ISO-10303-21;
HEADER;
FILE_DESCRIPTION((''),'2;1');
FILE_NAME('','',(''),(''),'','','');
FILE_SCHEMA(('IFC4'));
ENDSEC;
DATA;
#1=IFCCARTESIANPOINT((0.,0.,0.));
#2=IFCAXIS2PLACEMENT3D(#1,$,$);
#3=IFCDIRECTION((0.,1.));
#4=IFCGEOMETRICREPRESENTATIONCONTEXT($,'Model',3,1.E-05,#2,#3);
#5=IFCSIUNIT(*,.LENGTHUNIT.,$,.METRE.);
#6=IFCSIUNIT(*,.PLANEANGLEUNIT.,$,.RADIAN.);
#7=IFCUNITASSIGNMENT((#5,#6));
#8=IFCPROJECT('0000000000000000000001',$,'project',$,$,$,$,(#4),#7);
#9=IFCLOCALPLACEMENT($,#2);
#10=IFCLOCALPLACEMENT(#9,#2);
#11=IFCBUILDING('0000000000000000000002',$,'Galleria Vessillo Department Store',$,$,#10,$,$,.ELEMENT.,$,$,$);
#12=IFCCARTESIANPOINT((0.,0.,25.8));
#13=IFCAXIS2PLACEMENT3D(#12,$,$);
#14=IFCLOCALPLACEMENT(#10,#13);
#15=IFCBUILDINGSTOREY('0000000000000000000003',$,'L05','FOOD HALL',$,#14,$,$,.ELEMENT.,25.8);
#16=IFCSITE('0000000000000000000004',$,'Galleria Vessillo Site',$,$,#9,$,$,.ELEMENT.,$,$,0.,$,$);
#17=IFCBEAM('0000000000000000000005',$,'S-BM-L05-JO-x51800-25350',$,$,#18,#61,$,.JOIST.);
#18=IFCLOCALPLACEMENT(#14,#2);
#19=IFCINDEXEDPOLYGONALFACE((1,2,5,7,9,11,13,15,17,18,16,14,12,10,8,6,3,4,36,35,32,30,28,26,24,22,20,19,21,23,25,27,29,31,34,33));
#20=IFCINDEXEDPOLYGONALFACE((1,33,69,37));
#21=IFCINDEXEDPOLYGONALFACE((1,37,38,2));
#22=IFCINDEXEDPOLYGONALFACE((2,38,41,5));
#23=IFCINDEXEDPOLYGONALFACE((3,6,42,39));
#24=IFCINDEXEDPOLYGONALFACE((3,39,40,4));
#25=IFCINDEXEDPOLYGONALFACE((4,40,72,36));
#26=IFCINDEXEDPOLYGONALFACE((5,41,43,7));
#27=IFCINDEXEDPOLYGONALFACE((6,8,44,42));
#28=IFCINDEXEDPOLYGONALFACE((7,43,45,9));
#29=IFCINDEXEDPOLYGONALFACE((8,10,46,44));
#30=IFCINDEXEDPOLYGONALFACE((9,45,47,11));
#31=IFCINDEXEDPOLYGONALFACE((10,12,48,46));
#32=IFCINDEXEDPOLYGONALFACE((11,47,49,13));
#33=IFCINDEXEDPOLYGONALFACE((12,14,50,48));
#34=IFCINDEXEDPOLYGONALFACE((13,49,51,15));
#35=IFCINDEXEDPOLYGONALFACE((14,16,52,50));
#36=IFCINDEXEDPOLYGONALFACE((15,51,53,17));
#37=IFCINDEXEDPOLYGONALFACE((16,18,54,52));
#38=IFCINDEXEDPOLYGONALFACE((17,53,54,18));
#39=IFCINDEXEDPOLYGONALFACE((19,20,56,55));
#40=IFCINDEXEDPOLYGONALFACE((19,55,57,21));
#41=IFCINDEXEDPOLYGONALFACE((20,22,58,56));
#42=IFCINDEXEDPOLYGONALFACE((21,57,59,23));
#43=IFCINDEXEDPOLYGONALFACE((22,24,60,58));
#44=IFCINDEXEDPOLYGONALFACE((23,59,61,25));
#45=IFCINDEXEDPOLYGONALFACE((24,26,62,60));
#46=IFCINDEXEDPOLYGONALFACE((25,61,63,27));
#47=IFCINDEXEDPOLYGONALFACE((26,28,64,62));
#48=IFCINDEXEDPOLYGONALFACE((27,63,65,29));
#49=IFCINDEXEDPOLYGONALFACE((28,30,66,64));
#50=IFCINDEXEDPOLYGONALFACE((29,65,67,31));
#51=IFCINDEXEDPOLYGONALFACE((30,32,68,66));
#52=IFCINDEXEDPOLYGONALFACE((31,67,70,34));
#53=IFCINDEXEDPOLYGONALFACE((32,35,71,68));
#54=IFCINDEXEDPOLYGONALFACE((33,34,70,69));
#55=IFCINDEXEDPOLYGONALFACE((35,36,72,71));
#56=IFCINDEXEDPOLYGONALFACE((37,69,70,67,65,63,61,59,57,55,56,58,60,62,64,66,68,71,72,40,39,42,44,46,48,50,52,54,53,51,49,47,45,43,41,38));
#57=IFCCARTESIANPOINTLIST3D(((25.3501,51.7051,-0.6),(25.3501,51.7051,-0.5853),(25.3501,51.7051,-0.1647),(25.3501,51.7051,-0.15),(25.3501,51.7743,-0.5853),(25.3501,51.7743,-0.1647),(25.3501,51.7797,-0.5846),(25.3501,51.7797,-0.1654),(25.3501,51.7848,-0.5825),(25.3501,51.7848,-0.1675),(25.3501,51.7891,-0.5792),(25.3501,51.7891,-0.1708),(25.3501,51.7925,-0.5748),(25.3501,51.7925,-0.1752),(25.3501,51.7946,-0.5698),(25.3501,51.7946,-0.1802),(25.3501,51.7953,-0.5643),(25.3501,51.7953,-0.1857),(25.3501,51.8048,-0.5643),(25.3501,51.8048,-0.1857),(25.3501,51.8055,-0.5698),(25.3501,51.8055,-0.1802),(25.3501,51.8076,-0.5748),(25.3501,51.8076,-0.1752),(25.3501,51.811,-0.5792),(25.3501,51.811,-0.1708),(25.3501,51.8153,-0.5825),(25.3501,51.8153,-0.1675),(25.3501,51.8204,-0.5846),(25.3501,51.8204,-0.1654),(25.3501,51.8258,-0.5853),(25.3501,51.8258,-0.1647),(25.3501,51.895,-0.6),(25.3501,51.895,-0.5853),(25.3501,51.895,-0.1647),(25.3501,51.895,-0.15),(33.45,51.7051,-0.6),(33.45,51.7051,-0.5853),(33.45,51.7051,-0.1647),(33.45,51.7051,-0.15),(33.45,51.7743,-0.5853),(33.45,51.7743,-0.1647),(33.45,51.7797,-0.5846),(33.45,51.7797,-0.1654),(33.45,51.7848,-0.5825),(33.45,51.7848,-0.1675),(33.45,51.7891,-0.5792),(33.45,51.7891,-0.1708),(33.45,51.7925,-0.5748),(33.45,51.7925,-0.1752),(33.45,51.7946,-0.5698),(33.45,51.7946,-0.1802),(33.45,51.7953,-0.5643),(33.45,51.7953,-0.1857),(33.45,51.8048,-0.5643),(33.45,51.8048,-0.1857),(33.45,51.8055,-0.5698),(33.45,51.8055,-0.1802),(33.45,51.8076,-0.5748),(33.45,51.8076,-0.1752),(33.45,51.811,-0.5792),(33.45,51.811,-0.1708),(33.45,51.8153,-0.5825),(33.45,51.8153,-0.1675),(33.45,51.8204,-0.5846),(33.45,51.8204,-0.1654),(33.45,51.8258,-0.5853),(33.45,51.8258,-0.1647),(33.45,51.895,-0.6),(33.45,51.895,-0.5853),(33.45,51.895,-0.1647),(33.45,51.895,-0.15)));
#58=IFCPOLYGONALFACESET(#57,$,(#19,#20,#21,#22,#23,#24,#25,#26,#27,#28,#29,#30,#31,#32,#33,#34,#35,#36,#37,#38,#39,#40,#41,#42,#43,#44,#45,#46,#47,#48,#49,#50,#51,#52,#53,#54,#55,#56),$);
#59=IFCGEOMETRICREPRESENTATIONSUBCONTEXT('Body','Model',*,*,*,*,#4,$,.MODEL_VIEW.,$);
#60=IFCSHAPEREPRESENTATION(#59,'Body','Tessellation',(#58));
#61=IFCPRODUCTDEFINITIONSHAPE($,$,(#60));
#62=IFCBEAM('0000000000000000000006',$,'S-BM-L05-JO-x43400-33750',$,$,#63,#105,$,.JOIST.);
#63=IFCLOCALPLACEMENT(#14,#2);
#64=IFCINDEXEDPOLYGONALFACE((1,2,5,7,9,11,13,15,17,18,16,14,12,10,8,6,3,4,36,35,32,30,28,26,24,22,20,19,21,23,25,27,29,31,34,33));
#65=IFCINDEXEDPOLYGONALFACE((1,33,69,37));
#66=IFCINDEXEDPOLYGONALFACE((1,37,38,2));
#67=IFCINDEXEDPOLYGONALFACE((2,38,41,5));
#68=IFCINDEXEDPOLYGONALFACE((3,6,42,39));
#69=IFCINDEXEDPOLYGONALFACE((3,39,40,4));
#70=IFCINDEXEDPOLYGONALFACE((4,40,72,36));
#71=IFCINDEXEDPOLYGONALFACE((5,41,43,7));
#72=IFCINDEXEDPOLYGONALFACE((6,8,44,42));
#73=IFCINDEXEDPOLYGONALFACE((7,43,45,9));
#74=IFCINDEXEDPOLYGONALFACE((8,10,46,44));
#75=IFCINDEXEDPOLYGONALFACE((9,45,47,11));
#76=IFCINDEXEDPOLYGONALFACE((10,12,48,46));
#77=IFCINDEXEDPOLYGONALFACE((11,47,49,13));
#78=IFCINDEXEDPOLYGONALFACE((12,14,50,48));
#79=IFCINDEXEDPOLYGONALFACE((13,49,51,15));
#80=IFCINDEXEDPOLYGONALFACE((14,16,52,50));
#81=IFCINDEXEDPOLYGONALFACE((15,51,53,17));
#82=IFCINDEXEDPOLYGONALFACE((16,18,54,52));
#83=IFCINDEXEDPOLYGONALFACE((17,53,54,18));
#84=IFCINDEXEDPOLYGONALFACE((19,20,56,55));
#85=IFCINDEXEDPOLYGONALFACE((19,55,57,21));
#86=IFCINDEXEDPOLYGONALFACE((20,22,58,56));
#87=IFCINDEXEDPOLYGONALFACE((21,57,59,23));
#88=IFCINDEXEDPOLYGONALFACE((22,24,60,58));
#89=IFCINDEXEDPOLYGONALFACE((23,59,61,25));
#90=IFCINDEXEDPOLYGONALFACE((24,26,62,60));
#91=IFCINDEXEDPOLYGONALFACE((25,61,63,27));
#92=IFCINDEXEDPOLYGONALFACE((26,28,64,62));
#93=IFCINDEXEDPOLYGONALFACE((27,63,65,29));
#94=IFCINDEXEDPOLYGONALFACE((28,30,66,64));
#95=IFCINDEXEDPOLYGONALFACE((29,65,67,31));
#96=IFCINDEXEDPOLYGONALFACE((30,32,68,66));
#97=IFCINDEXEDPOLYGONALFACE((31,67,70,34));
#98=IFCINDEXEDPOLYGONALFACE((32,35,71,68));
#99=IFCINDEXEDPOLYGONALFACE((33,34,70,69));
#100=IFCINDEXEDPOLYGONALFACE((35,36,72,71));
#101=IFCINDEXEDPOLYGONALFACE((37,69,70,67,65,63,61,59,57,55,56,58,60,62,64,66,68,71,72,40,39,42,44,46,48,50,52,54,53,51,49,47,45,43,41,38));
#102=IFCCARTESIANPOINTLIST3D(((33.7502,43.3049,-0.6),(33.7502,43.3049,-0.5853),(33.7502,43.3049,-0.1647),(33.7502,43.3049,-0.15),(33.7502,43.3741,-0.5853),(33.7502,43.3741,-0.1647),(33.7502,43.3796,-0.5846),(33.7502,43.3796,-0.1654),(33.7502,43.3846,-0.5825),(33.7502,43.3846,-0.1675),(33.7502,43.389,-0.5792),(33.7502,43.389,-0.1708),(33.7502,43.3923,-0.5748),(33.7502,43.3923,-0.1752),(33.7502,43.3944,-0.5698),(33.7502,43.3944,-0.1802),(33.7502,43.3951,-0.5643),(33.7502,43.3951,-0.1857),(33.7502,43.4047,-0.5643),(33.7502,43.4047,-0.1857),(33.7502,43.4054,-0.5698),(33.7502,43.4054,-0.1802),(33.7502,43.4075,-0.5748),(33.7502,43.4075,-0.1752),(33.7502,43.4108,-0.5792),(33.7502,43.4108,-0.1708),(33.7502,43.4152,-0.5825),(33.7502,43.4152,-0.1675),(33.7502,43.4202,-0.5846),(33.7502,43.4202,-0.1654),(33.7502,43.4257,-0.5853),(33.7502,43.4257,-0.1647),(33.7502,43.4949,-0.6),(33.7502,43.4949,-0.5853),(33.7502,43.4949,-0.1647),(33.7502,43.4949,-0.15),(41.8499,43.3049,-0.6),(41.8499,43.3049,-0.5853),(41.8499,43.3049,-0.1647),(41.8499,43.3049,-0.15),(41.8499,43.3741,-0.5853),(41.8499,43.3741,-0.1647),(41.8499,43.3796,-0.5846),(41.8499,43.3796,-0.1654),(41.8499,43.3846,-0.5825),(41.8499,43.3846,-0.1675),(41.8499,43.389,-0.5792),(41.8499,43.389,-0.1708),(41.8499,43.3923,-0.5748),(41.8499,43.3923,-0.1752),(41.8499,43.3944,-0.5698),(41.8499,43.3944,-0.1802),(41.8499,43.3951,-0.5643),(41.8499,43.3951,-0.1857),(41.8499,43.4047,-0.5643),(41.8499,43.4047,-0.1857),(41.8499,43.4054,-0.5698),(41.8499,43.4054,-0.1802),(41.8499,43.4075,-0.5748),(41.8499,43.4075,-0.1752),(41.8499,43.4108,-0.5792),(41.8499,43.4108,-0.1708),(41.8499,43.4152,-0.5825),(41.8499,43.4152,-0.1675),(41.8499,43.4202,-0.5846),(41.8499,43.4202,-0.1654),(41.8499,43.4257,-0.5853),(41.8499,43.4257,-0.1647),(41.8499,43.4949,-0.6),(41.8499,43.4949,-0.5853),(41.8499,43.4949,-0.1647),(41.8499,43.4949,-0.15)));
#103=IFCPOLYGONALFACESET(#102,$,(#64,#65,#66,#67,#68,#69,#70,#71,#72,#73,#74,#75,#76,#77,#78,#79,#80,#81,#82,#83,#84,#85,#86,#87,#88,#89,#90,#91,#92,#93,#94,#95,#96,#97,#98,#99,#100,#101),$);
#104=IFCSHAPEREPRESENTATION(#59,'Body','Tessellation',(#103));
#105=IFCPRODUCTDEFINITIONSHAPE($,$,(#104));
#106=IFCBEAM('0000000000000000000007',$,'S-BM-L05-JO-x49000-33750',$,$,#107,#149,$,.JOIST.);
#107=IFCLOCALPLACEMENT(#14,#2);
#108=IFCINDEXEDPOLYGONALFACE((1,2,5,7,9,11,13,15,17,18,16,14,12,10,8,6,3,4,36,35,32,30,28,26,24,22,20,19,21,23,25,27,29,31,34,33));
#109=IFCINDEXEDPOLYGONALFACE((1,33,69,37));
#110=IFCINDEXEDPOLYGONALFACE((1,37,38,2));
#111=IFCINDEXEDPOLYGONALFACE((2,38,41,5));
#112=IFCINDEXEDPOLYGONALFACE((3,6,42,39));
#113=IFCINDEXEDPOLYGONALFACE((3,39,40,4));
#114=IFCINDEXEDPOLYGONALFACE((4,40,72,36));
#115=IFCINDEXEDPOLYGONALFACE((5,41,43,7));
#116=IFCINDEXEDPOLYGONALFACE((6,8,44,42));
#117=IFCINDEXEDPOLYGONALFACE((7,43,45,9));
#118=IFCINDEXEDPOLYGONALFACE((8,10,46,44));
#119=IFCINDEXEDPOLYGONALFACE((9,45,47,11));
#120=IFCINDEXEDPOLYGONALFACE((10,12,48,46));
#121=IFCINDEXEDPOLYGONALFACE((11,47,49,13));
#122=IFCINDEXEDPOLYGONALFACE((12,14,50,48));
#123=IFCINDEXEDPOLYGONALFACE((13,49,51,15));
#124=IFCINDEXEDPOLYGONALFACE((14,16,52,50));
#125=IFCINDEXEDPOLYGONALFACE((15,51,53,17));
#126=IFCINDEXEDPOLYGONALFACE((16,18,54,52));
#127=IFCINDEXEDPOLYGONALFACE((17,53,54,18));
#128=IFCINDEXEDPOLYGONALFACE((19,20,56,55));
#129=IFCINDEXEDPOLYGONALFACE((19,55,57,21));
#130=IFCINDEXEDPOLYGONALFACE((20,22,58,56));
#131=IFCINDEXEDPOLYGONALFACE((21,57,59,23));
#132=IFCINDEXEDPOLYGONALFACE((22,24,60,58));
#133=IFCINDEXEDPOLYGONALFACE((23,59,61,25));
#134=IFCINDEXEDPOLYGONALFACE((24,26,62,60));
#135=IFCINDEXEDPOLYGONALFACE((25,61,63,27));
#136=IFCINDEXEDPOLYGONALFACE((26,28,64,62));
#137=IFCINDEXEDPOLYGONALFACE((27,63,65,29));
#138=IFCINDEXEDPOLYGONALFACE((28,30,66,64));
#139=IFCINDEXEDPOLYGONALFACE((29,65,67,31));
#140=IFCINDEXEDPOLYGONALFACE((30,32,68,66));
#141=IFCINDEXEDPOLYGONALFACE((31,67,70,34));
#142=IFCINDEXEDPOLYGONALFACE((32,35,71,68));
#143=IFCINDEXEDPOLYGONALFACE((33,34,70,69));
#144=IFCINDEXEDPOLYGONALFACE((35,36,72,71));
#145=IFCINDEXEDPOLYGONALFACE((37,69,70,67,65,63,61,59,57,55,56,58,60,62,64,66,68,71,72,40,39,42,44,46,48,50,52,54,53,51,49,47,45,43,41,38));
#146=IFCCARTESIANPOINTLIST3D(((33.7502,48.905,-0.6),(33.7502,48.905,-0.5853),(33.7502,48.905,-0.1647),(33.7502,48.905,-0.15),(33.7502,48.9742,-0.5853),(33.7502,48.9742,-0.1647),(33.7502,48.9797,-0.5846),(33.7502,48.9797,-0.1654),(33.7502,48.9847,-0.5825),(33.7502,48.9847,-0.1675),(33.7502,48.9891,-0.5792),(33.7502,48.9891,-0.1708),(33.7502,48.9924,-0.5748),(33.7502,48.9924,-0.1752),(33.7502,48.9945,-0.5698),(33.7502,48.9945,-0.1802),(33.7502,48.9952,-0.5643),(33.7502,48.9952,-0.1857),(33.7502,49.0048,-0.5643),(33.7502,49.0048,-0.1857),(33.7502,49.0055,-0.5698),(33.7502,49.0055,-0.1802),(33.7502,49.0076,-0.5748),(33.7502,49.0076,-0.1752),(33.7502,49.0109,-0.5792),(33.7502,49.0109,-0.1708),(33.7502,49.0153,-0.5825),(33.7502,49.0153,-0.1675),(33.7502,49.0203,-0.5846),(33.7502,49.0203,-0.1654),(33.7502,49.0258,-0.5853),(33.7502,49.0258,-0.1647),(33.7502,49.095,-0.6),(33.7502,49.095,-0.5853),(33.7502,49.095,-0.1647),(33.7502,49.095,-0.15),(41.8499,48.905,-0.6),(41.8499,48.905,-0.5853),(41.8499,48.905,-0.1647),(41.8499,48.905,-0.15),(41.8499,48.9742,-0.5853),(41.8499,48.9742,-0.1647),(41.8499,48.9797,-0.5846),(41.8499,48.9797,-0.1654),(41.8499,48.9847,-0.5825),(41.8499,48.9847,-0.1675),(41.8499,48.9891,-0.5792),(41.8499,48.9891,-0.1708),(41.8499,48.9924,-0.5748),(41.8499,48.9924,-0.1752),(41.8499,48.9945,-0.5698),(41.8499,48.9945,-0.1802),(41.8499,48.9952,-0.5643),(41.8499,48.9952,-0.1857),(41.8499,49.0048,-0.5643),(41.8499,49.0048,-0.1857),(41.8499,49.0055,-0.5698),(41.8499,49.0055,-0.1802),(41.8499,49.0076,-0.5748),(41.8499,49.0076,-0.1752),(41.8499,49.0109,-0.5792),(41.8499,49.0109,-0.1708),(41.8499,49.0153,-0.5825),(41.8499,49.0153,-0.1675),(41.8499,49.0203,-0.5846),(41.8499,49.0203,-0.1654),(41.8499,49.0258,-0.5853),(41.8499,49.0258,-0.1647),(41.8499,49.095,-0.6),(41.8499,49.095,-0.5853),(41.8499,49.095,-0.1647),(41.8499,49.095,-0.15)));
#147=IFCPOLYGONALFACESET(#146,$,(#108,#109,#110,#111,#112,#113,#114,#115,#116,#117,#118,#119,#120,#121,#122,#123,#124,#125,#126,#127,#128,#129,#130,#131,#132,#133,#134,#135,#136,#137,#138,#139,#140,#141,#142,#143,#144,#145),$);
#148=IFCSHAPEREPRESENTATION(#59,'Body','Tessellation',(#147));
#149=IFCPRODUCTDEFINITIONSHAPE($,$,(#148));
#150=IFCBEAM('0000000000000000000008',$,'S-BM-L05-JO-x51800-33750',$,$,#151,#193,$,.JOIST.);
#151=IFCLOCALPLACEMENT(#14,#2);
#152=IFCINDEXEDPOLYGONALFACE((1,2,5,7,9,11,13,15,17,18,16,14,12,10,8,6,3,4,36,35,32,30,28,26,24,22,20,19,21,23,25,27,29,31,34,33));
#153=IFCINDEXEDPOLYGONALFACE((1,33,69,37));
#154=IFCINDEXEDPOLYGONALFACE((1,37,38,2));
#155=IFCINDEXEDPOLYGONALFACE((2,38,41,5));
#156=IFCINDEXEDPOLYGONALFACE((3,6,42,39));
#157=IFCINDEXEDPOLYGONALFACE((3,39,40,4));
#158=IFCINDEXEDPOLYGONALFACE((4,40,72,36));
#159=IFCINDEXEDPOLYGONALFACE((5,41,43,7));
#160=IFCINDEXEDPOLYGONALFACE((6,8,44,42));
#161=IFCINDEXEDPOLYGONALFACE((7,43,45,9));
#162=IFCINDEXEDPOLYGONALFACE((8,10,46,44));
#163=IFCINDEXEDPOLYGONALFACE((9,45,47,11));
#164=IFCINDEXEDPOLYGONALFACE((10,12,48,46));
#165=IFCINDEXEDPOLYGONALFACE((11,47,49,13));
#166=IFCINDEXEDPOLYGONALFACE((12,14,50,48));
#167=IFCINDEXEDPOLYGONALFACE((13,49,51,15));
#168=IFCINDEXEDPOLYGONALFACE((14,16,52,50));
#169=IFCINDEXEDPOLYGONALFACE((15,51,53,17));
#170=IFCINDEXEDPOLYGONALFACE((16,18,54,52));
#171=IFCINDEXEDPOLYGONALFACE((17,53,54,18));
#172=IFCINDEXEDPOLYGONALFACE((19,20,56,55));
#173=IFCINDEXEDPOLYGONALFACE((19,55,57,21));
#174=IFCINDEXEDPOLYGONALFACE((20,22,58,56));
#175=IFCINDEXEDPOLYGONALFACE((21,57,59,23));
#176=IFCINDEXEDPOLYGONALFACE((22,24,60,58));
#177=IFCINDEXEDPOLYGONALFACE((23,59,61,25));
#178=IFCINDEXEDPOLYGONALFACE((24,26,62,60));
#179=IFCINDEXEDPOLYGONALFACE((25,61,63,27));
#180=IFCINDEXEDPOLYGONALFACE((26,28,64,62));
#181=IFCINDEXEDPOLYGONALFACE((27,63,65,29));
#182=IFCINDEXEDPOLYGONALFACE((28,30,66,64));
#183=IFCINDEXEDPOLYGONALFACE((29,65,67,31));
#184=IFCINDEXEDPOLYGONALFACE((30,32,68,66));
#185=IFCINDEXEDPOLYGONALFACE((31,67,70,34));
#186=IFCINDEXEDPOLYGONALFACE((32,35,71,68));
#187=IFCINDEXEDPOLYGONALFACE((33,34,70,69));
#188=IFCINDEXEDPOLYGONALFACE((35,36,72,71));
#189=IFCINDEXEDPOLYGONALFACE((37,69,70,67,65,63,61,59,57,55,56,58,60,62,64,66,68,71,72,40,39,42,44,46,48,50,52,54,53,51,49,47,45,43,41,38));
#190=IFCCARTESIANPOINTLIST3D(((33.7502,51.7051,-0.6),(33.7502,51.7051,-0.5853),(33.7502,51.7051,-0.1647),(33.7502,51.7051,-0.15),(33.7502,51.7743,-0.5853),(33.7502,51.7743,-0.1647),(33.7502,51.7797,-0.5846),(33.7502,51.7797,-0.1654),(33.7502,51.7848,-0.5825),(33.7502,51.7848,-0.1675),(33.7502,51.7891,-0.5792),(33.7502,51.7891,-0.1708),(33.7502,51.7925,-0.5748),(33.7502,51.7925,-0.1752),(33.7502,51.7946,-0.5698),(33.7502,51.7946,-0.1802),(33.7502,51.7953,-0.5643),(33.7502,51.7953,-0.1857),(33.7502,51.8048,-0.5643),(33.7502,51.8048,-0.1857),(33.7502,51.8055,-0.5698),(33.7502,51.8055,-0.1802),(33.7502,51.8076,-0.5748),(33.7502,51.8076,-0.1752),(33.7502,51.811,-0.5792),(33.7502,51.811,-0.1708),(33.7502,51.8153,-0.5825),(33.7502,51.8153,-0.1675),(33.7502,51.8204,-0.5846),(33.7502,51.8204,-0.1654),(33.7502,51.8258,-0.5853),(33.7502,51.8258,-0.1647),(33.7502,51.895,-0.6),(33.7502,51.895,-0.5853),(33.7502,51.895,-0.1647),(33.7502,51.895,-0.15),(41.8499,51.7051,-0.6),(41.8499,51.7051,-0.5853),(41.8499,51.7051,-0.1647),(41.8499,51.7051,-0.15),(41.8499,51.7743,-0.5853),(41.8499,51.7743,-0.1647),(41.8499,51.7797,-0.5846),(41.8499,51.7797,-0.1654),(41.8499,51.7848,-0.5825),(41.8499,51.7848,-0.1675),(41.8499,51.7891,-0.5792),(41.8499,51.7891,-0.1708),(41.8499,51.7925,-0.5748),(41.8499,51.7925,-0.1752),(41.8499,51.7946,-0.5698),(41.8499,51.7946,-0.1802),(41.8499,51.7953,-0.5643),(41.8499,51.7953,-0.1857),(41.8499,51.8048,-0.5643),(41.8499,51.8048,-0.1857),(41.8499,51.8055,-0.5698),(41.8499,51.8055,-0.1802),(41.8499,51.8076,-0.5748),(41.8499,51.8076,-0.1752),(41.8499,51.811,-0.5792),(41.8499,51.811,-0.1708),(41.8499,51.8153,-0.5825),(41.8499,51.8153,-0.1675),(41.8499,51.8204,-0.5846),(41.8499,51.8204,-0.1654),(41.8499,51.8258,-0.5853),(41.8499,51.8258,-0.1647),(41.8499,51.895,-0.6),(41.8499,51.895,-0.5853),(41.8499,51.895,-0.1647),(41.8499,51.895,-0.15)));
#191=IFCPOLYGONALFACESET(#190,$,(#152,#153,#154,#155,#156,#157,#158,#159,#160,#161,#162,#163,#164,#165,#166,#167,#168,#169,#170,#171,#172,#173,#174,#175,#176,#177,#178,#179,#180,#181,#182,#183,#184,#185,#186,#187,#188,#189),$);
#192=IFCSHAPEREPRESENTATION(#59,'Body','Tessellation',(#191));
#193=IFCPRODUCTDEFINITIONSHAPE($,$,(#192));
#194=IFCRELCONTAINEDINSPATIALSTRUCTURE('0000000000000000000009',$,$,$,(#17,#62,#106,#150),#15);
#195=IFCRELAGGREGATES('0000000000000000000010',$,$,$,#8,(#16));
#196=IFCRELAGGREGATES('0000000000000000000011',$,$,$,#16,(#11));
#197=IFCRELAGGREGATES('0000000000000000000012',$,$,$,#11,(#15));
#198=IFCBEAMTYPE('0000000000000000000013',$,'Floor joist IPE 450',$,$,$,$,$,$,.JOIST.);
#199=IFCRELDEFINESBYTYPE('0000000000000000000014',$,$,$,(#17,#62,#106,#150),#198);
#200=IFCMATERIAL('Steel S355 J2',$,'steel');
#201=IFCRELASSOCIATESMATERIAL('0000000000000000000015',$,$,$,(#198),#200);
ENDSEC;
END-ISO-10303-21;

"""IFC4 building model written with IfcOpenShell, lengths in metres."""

from ifc_helpers import new_model, si_unit, direction, frame, origin, origin_2d, place, context, subcontext, project, spatial, i_section, extrude, material, material_profile, profile_set, type_object, element, save


model = new_model("IFC4")

# Units and contexts
model_context = context("Model", 3, precision=1e-05, world=origin(), true_north=direction((0.0, 1.0)))
body_context = subcontext(model_context, "Body", "Model", "MODEL_VIEW")
ifc_project = project(units=[si_unit("LENGTHUNIT", "METRE"), si_unit("PLANEANGLEUNIT", "RADIAN")], contexts=[model_context])

# Site, building, storey
site_placement = place(None, origin())
site = spatial("IfcSite", under=ifc_project, at=site_placement, Name="Galleria Vessillo Site", CompositionType="ELEMENT", RefElevation=0.0)
building_placement = place(site_placement, origin())
building = spatial("IfcBuilding", under=site, at=building_placement, Name="Galleria Vessillo Department Store", CompositionType="ELEMENT")
storey_placement = place(building_placement, frame((0.0, 0.0, 25.8)))
storey = spatial("IfcBuildingStorey", under=building, at=storey_placement, Name="L05", Description="FOOD HALL", CompositionType="ELEMENT", Elevation=25.8)

# Beams
ifc_material_1 = material(Name="Steel S355 J2", Category="steel")
ifc_material_profile_1 = material_profile(ifc_material_1, i_section(OverallWidth=0.1899, OverallDepth=0.45, WebThickness=0.0095, FlangeThickness=0.0146, FilletRadius=0.021, at=origin_2d()), Name="IPE 450")
ifc_profile_set_1 = profile_set([ifc_material_profile_1], Name="Steel S355 J2")
beam_type_1 = type_object("IfcBeamType", Name="Floor joist IPE 450", PredefinedType="JOIST", material=ifc_profile_set_1)
for number, where, z_axis, x_axis, name in (
    (1, (25.3501, 51.8, -0.375), (1.0, 0.0, 0.0), (0.0, 1.0, 0.0), "S-BM-L05-JO-x51800-25350"),
):
    element("IfcBeam", number, at=place(storey_placement, frame(where, z_axis=z_axis, x_axis=x_axis)), inside=storey, type_object=beam_type_1, Name=name, PredefinedType="JOIST", context=body_context, shape_type="SweptSolid", body=[
        extrude(i_section(OverallWidth=0.1899, OverallDepth=0.45, WebThickness=0.0095, FlangeThickness=0.0146, FilletRadius=0.021, at=origin_2d()), origin(), (0.0, 0.0, 1.0), 8.0999),
    ])
for number, where, z_axis, x_axis, name in (
    (2, (33.7502, 43.3999, -0.375), (1.0, 0.0, 0.0), (0.0, 1.0, 0.0), "S-BM-L05-JO-x43400-33750"),
    (3, (33.7502, 49.0, -0.375), (1.0, 0.0, 0.0), (0.0, 1.0, 0.0), "S-BM-L05-JO-x49000-33750"),
    (4, (33.7502, 51.8, -0.375), (1.0, 0.0, 0.0), (0.0, 1.0, 0.0), "S-BM-L05-JO-x51800-33750"),
):
    element("IfcBeam", number, at=place(storey_placement, frame(where, z_axis=z_axis, x_axis=x_axis)), inside=storey, type_object=beam_type_1, Name=name, PredefinedType="JOIST", context=body_context, shape_type="SweptSolid", body=[
        extrude(i_section(OverallWidth=0.1899, OverallDepth=0.45, WebThickness=0.0095, FlangeThickness=0.0146, FilletRadius=0.021, at=origin_2d()), origin(), (0.0, 0.0, 1.0), 8.0996),
    ])

save(model, "model.ifc")
